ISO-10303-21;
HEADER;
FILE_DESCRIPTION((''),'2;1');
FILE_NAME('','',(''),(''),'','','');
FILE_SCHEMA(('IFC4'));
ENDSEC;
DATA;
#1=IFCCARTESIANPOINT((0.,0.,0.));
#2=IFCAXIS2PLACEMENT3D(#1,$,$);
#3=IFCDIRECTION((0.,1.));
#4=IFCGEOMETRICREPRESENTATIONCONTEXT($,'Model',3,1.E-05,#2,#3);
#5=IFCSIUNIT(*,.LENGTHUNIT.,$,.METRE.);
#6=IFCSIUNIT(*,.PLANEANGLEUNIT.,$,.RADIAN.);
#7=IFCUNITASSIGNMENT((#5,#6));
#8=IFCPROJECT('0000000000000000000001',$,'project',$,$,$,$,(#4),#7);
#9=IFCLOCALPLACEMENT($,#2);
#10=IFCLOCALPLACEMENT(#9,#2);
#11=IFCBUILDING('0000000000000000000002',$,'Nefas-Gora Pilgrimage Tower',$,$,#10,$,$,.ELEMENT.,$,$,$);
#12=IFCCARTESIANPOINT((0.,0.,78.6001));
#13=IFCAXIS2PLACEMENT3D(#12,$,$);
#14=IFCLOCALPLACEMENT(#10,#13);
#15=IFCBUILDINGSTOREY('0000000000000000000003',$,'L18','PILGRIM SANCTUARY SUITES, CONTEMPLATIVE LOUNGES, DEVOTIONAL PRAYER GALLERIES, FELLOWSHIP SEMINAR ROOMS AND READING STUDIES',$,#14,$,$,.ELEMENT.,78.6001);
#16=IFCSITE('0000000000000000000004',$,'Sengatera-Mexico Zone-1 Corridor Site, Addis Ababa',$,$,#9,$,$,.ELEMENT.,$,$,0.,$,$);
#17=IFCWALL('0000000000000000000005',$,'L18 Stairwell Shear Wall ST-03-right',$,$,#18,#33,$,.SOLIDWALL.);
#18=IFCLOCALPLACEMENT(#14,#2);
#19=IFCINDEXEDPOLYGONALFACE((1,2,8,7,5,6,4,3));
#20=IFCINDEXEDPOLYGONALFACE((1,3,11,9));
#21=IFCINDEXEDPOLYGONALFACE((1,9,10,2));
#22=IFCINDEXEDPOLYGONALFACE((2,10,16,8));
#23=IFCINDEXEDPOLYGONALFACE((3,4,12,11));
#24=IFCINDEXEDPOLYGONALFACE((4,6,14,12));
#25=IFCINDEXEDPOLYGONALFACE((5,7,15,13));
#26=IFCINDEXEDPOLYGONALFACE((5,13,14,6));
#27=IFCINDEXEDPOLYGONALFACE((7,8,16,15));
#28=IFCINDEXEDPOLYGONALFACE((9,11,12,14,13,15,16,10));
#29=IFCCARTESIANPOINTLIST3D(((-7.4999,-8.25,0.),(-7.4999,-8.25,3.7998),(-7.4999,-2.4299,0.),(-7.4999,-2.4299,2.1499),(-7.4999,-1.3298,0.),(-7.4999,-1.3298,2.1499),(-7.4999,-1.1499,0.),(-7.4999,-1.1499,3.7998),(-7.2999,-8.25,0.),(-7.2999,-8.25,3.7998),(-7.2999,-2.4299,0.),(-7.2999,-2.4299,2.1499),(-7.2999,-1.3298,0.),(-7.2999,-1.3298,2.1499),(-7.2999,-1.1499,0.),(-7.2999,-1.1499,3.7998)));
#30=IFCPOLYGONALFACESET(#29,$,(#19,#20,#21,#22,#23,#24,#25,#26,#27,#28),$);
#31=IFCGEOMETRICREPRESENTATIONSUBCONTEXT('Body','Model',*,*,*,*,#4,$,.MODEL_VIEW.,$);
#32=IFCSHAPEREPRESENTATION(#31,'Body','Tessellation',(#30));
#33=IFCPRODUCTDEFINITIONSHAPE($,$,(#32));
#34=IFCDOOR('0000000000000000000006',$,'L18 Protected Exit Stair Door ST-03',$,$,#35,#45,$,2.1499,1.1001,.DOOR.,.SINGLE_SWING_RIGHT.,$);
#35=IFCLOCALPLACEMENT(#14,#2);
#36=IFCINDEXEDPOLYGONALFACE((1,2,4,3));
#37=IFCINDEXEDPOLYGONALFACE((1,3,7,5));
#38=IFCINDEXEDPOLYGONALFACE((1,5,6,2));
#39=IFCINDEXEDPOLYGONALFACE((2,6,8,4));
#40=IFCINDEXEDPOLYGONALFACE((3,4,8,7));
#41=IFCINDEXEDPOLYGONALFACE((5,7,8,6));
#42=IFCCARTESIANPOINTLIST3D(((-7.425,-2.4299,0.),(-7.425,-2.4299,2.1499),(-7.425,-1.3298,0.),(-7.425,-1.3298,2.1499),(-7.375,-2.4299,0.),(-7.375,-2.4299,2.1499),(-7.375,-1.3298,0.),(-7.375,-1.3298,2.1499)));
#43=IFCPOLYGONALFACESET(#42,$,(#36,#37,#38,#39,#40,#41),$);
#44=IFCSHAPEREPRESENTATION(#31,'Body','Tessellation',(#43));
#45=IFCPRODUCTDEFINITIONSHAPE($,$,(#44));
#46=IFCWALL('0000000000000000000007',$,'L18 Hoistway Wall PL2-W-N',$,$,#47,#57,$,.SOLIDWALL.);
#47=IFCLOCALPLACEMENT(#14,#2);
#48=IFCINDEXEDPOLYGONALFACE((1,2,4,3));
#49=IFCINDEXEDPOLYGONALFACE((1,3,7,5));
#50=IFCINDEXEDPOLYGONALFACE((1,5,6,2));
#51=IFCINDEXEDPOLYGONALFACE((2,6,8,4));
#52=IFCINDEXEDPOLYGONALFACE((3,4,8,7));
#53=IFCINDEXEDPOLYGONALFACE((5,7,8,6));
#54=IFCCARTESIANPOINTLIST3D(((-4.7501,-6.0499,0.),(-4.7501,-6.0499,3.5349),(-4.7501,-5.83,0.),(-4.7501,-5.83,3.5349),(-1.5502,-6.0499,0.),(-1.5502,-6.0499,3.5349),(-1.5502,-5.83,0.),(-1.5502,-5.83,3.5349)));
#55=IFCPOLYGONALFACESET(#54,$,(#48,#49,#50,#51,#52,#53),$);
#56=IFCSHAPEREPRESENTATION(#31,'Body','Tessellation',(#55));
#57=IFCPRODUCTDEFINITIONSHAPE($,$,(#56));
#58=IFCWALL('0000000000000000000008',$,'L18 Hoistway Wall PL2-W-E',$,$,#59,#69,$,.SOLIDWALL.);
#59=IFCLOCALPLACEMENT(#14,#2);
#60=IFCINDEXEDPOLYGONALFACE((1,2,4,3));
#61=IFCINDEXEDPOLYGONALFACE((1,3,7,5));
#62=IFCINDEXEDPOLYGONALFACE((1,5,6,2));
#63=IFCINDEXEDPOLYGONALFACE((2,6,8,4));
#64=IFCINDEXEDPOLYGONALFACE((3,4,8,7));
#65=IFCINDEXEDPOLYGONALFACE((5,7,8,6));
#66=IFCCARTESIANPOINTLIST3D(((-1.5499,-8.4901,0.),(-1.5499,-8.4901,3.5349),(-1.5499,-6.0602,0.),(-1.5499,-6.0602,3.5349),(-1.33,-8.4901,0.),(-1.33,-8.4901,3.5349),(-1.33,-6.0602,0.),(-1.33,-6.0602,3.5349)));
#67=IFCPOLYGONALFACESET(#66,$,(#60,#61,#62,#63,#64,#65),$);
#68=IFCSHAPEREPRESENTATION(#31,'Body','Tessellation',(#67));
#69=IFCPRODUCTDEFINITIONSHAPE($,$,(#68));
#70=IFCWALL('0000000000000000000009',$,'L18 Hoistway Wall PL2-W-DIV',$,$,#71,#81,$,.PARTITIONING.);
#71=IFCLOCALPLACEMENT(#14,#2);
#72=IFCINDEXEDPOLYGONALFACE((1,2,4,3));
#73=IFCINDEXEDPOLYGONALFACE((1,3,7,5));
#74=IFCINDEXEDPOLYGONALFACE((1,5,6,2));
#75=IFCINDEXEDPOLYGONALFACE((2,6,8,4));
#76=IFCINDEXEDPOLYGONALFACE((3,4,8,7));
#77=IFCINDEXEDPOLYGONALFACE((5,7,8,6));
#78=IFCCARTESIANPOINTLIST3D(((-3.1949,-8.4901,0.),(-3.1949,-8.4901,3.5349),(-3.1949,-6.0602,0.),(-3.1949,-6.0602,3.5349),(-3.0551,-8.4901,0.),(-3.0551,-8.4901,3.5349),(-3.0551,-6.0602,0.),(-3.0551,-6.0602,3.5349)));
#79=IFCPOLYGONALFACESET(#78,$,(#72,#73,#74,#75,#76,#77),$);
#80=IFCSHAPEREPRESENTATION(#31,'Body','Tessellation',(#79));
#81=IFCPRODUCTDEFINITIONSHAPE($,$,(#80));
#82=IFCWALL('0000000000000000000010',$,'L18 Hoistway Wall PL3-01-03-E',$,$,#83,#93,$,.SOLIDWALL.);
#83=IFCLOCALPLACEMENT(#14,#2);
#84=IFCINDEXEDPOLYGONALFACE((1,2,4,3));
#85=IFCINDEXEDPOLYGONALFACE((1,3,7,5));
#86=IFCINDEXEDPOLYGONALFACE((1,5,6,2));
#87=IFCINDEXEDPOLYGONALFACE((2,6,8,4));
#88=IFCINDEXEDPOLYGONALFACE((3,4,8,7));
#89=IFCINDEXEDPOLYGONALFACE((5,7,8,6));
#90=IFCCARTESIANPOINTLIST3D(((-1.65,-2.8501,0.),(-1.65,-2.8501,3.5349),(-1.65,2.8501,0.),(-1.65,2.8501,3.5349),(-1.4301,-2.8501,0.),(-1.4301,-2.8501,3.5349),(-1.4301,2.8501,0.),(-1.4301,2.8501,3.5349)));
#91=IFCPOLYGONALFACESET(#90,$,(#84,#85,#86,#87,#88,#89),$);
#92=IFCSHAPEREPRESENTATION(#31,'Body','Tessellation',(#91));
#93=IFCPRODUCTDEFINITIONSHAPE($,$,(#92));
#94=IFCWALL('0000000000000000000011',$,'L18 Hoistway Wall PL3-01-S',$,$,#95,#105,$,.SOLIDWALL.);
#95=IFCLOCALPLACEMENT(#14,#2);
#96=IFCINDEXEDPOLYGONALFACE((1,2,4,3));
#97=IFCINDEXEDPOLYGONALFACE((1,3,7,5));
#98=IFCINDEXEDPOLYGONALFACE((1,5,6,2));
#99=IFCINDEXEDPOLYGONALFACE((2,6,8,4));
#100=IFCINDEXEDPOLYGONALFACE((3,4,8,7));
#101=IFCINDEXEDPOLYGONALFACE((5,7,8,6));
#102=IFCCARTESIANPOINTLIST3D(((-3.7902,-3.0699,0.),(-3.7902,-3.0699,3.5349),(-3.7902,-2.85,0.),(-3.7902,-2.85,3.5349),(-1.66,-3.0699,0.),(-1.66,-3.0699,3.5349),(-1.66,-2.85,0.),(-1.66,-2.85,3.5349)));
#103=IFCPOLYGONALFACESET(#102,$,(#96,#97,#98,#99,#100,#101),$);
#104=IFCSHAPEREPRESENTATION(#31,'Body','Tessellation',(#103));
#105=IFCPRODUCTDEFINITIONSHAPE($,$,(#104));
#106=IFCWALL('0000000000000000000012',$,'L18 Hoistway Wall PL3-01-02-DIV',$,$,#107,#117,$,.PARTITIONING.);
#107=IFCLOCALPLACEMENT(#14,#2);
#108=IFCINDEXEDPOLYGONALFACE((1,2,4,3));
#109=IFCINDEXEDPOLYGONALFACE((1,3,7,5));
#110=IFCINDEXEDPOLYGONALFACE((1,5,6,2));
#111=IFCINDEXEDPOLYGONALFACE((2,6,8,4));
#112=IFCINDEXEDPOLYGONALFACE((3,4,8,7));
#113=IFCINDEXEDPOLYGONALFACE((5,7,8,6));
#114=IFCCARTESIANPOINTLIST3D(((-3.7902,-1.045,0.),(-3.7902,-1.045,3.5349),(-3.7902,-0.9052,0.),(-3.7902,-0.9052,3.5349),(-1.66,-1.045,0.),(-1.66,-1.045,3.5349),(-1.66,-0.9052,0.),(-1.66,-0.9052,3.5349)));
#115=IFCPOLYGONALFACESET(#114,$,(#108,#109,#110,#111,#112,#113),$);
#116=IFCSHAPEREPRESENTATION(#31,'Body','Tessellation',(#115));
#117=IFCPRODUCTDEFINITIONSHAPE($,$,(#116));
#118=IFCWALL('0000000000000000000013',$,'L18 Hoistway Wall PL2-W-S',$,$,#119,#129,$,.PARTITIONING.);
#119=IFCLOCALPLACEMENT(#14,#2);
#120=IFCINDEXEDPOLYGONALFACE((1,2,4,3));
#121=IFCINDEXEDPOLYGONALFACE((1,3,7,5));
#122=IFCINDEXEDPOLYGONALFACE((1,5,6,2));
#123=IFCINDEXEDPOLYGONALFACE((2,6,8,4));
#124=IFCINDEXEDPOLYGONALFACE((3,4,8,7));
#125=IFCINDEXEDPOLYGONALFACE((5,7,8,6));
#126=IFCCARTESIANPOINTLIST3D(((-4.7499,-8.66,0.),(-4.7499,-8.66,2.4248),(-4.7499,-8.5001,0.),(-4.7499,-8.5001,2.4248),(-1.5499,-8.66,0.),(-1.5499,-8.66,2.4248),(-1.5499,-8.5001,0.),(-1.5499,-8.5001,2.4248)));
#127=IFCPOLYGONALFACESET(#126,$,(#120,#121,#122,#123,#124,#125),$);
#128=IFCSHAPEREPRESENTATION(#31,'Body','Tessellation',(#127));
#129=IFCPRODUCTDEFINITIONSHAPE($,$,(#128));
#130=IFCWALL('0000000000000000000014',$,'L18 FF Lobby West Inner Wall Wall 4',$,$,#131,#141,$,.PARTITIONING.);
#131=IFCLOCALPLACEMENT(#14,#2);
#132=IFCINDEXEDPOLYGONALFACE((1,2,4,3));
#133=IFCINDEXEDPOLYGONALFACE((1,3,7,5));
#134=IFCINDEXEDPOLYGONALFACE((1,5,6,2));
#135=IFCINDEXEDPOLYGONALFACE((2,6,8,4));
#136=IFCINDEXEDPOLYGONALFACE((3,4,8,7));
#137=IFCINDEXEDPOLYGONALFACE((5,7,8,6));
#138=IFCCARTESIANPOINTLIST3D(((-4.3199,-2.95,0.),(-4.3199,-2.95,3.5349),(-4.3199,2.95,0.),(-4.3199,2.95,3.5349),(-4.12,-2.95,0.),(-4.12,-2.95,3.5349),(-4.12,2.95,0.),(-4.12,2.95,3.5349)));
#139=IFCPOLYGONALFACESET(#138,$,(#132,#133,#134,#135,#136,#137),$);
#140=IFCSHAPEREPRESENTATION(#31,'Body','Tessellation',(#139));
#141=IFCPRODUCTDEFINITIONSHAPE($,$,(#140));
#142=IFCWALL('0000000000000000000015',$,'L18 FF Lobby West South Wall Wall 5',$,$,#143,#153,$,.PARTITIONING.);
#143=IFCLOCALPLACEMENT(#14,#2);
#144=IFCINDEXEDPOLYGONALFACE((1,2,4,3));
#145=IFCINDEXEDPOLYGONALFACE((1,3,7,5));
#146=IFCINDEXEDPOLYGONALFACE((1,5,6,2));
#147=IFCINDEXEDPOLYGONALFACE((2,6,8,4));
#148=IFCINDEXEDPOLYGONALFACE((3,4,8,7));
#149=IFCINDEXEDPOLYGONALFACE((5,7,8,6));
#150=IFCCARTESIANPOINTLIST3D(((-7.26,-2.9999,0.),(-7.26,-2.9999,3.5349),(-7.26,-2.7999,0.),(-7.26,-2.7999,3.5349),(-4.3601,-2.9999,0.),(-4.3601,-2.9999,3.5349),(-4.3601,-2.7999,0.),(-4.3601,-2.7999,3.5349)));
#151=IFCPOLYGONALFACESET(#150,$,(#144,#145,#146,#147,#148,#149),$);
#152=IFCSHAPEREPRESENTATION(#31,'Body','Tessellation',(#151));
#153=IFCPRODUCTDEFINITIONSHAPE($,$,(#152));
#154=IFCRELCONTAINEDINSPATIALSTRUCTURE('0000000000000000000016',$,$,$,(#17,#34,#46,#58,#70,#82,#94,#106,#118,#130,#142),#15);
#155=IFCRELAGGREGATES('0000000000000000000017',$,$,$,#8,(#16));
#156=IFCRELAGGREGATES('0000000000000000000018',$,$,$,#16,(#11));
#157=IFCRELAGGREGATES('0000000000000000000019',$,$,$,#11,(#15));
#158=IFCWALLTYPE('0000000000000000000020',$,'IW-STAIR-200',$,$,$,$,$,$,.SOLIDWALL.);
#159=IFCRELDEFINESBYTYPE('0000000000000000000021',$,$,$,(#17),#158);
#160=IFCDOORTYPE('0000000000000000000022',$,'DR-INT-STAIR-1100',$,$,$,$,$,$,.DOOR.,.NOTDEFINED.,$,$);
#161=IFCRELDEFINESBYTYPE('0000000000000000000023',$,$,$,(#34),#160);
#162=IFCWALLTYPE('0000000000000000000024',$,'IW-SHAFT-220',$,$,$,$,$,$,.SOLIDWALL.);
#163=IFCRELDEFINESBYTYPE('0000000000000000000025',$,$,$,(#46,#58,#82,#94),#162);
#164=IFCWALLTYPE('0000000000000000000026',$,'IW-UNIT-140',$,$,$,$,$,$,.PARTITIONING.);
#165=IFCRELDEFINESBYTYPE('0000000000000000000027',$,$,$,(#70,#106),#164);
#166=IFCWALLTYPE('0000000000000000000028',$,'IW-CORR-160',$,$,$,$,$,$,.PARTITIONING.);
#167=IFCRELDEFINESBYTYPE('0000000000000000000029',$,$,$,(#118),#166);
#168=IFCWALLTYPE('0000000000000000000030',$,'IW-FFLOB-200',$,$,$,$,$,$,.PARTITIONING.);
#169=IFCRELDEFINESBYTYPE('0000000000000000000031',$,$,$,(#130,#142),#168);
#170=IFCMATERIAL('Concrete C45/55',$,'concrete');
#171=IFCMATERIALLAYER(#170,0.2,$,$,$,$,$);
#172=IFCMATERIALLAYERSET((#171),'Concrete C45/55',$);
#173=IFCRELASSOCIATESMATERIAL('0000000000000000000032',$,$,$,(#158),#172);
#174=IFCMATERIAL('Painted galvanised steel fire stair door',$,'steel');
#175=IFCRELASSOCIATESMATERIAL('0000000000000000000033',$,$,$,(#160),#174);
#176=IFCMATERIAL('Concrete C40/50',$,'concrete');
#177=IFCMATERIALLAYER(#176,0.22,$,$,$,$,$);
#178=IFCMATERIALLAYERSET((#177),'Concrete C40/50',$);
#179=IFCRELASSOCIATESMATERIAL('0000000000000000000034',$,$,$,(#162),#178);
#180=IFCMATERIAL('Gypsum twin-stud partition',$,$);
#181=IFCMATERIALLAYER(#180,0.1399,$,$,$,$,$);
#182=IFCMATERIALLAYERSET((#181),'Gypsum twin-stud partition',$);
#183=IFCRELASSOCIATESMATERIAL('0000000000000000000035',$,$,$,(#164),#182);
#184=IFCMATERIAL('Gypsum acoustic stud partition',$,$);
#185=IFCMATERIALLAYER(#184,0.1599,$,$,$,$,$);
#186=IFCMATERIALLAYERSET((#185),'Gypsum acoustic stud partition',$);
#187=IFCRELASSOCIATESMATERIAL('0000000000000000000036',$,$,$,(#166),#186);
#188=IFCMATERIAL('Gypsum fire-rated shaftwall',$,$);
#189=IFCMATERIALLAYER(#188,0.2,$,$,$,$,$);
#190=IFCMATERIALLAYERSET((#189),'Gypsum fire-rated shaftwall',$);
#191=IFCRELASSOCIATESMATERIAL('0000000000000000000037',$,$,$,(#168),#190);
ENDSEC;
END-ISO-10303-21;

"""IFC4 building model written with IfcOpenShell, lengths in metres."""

from ifc_helpers import new_model, si_unit, direction, frame, frame_2d, origin, place, context, subcontext, project, spatial, rectangle, extrude, source, transform, mapped, material, layer, layer_set, type_object, element, fill, save


model = new_model("IFC4")

# Units and contexts
model_context = context("Model", 3, precision=1e-05, world=origin(), true_north=direction((0.0, 1.0)))
body_context = subcontext(model_context, "Body", "Model", "MODEL_VIEW")
ifc_project = project(units=[si_unit("LENGTHUNIT", "METRE"), si_unit("PLANEANGLEUNIT", "RADIAN")], contexts=[model_context])

# Site, building, storey
site_placement = place(None, origin())
site = spatial("IfcSite", under=ifc_project, at=site_placement, Name="Sengatera-Mexico Zone-1 Corridor Site, Addis Ababa", CompositionType="ELEMENT", RefElevation=0.0)
building_placement = place(site_placement, origin())
building = spatial("IfcBuilding", under=site, at=building_placement, Name="Nefas-Gora Pilgrimage Tower", CompositionType="ELEMENT")
storey_placement = place(building_placement, frame((0.0, 0.0, 78.6001)))
storey = spatial("IfcBuildingStorey", under=building, at=storey_placement, Name="L18", Description="PILGRIM SANCTUARY SUITES, CONTEMPLATIVE LOUNGES, DEVOTIONAL PRAYER GALLERIES, FELLOWSHIP SEMINAR ROOMS AND READING STUDIES", CompositionType="ELEMENT", Elevation=78.6001)

# Shared definitions
ifc_material_1 = material(Name="Concrete C45/55", Category="concrete")
ifc_layer_1 = layer(ifc_material_1, 0.2)
ifc_layer_set_1 = layer_set([ifc_layer_1], Name="Concrete C45/55")
wall_type_1 = type_object("IfcWallType", Name="IW-STAIR-200", PredefinedType="SOLIDWALL", material=ifc_layer_set_1)
shared_shape_1 = source(origin(), body_context, "Body", "SweptSolid", [
    extrude(rectangle(XDim=7.1001, YDim=0.2, at=frame_2d((3.55, 0.0))), origin(), (0.0, 0.0, 1.0), 3.7998),
])

# Wall, opening, door
wall_1_placement = place(storey_placement, frame((-7.3999, -1.1499, 0.0), z_axis=(0.0, 0.0, 1.0), x_axis=(0.0, -1.0, 0.0)))
wall_1 = element("IfcWall", 1, at=wall_1_placement, inside=storey, type_object=wall_type_1, Name="L18 Stairwell Shear Wall ST-03-right", PredefinedType="SOLIDWALL", context=body_context, shape_type="MappedRepresentation", body=[
    mapped(shared_shape_1, transform((0.0, 0.0, 0.0), x_axis=(1.0, 0.0, 0.0), y_axis=(0.0, 1.0, 0.0), z_axis=(0.0, 0.0, 1.0), scale=1.0)),
])
opening_1_placement = place(wall_1_placement, frame((0.1799, 0.0, 0.0)))
opening_1 = element("IfcOpeningElement", 2, at=opening_1_placement, cuts=wall_1, PredefinedType="OPENING", context=body_context, shape_type="SweptSolid", body=[
    extrude(rectangle(XDim=1.1001, YDim=2.1499, at=frame_2d((0.55, 1.075))), frame((0.0, 0.1099, 0.0), z_axis=(0.0, -1.0, 0.0), x_axis=(1.0, 0.0, 0.0)), (0.0, 0.0, 1.0), 0.22),
])
ifc_material_2 = material(Name="Painted galvanised steel fire stair door", Category="steel")
door_type_1 = type_object("IfcDoorType", Name="DR-INT-STAIR-1100", OperationType="NOTDEFINED", PredefinedType="DOOR", material=ifc_material_2)
shared_shape_2 = source(origin(), body_context, "Body", "SweptSolid", [
    extrude(rectangle(XDim=1.1001, YDim=2.1499, at=frame_2d((0.55, 1.075))), frame((0.0, 0.0249, 0.0), z_axis=(0.0, -1.0, 0.0), x_axis=(1.0, 0.0, 0.0)), (0.0, 0.0, 1.0), 0.05),
])
door_1_placement = place(opening_1_placement, origin())
door_1 = element("IfcDoor", 3, at=door_1_placement, inside=storey, type_object=door_type_1, Name="L18 Protected Exit Stair Door ST-03", OperationType="SINGLE_SWING_RIGHT", OverallHeight=2.1499, OverallWidth=1.1001, PredefinedType="DOOR", context=body_context, shape_type="MappedRepresentation", body=[
    mapped(shared_shape_2, transform((0.0, 0.0, 0.0), x_axis=(1.0, 0.0, 0.0), y_axis=(0.0, 1.0, 0.0), z_axis=(0.0, 0.0, 1.0), scale=1.0)),
])
fill(opening_1, door_1)

# Walls
ifc_material_3 = material(Name="Concrete C40/50", Category="concrete")
ifc_layer_2 = layer(ifc_material_3, 0.22)
ifc_layer_set_2 = layer_set([ifc_layer_2], Name="Concrete C40/50")
wall_type_2 = type_object("IfcWallType", Name="IW-SHAFT-220", PredefinedType="SOLIDWALL", material=ifc_layer_set_2)
shared_shape_3 = source(origin(), body_context, "Body", "SweptSolid", [
    extrude(rectangle(XDim=3.2, YDim=0.22, at=frame_2d((1.6001, 0.0))), origin(), (0.0, 0.0, 1.0), 3.5349),
])
wall_2_placement = place(storey_placement, frame((-1.55, -5.9399, 0.0), z_axis=(0.0, 0.0, 1.0), x_axis=(-1.0, 0.0, 0.0)))
element("IfcWall", 4, at=wall_2_placement, inside=storey, type_object=wall_type_2, Name="L18 Hoistway Wall PL2-W-N", PredefinedType="SOLIDWALL", context=body_context, shape_type="MappedRepresentation", body=[
    mapped(shared_shape_3, transform((0.0, 0.0, 0.0), x_axis=(1.0, 0.0, 0.0), y_axis=(0.0, 1.0, 0.0), z_axis=(0.0, 0.0, 1.0), scale=1.0)),
])
shared_shape_4 = source(origin(), body_context, "Body", "SweptSolid", [
    extrude(rectangle(XDim=2.4299, YDim=0.22, at=frame_2d((1.2148, 0.0))), origin(), (0.0, 0.0, 1.0), 3.5349),
])
for number, where, z_axis, x_axis, name in (
    (5, (-1.4399, -8.49, 0.0), (0.0, 0.0, 1.0), (0.0, 1.0, 0.0), "L18 Hoistway Wall PL2-W-E"),
):
    element("IfcWall", number, at=place(storey_placement, frame(where, z_axis=z_axis, x_axis=x_axis)), inside=storey, type_object=wall_type_2, Name=name, PredefinedType="SOLIDWALL", context=body_context, shape_type="MappedRepresentation", body=[
        mapped(shared_shape_4, transform((0.0, 0.0, 0.0), x_axis=(1.0, 0.0, 0.0), y_axis=(0.0, 1.0, 0.0), z_axis=(0.0, 0.0, 1.0), scale=1.0)),
    ])
ifc_material_4 = material(Name="Gypsum twin-stud partition")
ifc_layer_3 = layer(ifc_material_4, 0.1399)
ifc_layer_set_3 = layer_set([ifc_layer_3], Name="Gypsum twin-stud partition")
wall_type_3 = type_object("IfcWallType", Name="IW-UNIT-140", PredefinedType="PARTITIONING", material=ifc_layer_set_3)
shared_shape_5 = source(origin(), body_context, "Body", "SweptSolid", [
    extrude(rectangle(XDim=2.4299, YDim=0.1399, at=frame_2d((1.2148, 0.0))), origin(), (0.0, 0.0, 1.0), 3.5349),
])
wall_3_placement = place(storey_placement, frame((-3.125, -8.49, 0.0), z_axis=(0.0, 0.0, 1.0), x_axis=(0.0, 1.0, 0.0)))
element("IfcWall", 6, at=wall_3_placement, inside=storey, type_object=wall_type_3, Name="L18 Hoistway Wall PL2-W-DIV", PredefinedType="PARTITIONING", context=body_context, shape_type="MappedRepresentation", body=[
    mapped(shared_shape_5, transform((0.0, 0.0, 0.0), x_axis=(1.0, 0.0, 0.0), y_axis=(0.0, 1.0, 0.0), z_axis=(0.0, 0.0, 1.0), scale=1.0)),
])
shared_shape_6 = source(origin(), body_context, "Body", "SweptSolid", [
    extrude(rectangle(XDim=5.7002, YDim=0.22, at=frame_2d((2.8501, 0.0))), origin(), (0.0, 0.0, 1.0), 3.5349),
])
wall_4_placement = place(storey_placement, frame((-1.54, -2.8501, 0.0), z_axis=(0.0, 0.0, 1.0), x_axis=(0.0, 1.0, 0.0)))
element("IfcWall", 7, at=wall_4_placement, inside=storey, type_object=wall_type_2, Name="L18 Hoistway Wall PL3-01-03-E", PredefinedType="SOLIDWALL", context=body_context, shape_type="MappedRepresentation", body=[
    mapped(shared_shape_6, transform((0.0, 0.0, 0.0), x_axis=(1.0, 0.0, 0.0), y_axis=(0.0, 1.0, 0.0), z_axis=(0.0, 0.0, 1.0), scale=1.0)),
])
shared_shape_7 = source(origin(), body_context, "Body", "SweptSolid", [
    extrude(rectangle(XDim=2.1301, YDim=0.22, at=frame_2d((1.0649, 0.0))), origin(), (0.0, 0.0, 1.0), 3.5349),
])
wall_5_placement = place(storey_placement, frame((-3.79, -2.96, 0.0), z_axis=(0.0, 0.0, 1.0), x_axis=(1.0, 0.0, 0.0)))
element("IfcWall", 8, at=wall_5_placement, inside=storey, type_object=wall_type_2, Name="L18 Hoistway Wall PL3-01-S", PredefinedType="SOLIDWALL", context=body_context, shape_type="MappedRepresentation", body=[
    mapped(shared_shape_7, transform((0.0, 0.0, 0.0), x_axis=(1.0, 0.0, 0.0), y_axis=(0.0, 1.0, 0.0), z_axis=(0.0, 0.0, 1.0), scale=1.0)),
])
shared_shape_8 = source(origin(), body_context, "Body", "SweptSolid", [
    extrude(rectangle(XDim=2.1301, YDim=0.1399, at=frame_2d((1.0649, 0.0))), origin(), (0.0, 0.0, 1.0), 3.5349),
])
wall_6_placement = place(storey_placement, frame((-3.79, -0.9751, 0.0), z_axis=(0.0, 0.0, 1.0), x_axis=(1.0, 0.0, 0.0)))
element("IfcWall", 9, at=wall_6_placement, inside=storey, type_object=wall_type_3, Name="L18 Hoistway Wall PL3-01-02-DIV", PredefinedType="PARTITIONING", context=body_context, shape_type="MappedRepresentation", body=[
    mapped(shared_shape_8, transform((0.0, 0.0, 0.0), x_axis=(1.0, 0.0, 0.0), y_axis=(0.0, 1.0, 0.0), z_axis=(0.0, 0.0, 1.0), scale=1.0)),
])
ifc_material_5 = material(Name="Gypsum acoustic stud partition")
ifc_layer_4 = layer(ifc_material_5, 0.1599)
ifc_layer_set_4 = layer_set([ifc_layer_4], Name="Gypsum acoustic stud partition")
wall_type_4 = type_object("IfcWallType", Name="IW-CORR-160", PredefinedType="PARTITIONING", material=ifc_layer_set_4)
shared_shape_9 = source(origin(), body_context, "Body", "SweptSolid", [
    extrude(rectangle(XDim=3.2, YDim=0.1599, at=frame_2d((1.6001, 0.0))), origin(), (0.0, 0.0, 1.0), 2.4248),
])
wall_7_placement = place(storey_placement, frame((-4.75, -8.5801, 0.0), z_axis=(0.0, 0.0, 1.0), x_axis=(1.0, 0.0, 0.0)))
element("IfcWall", 10, at=wall_7_placement, inside=storey, type_object=wall_type_4, Name="L18 Hoistway Wall PL2-W-S", PredefinedType="PARTITIONING", context=body_context, shape_type="MappedRepresentation", body=[
    mapped(shared_shape_9, transform((0.0, 0.0, 0.0), x_axis=(1.0, 0.0, 0.0), y_axis=(0.0, 1.0, 0.0), z_axis=(0.0, 0.0, 1.0), scale=1.0)),
])
ifc_material_6 = material(Name="Gypsum fire-rated shaftwall")
ifc_layer_5 = layer(ifc_material_6, 0.2)
ifc_layer_set_5 = layer_set([ifc_layer_5], Name="Gypsum fire-rated shaftwall")
wall_type_5 = type_object("IfcWallType", Name="IW-FFLOB-200", PredefinedType="PARTITIONING", material=ifc_layer_set_5)
shared_shape_10 = source(origin(), body_context, "Body", "SweptSolid", [
    extrude(rectangle(XDim=5.8999, YDim=0.2, at=frame_2d((2.95, 0.0))), origin(), (0.0, 0.0, 1.0), 3.5349),
])
wall_8_placement = place(storey_placement, frame((-4.22, -2.95, 0.0), z_axis=(0.0, 0.0, 1.0), x_axis=(0.0, 1.0, 0.0)))
element("IfcWall", 11, at=wall_8_placement, inside=storey, type_object=wall_type_5, Name="L18 FF Lobby West Inner Wall Wall 4", PredefinedType="PARTITIONING", context=body_context, shape_type="MappedRepresentation", body=[
    mapped(shared_shape_10, transform((0.0, 0.0, 0.0), x_axis=(1.0, 0.0, 0.0), y_axis=(0.0, 1.0, 0.0), z_axis=(0.0, 0.0, 1.0), scale=1.0)),
])
shared_shape_11 = source(origin(), body_context, "Body", "SweptSolid", [
    extrude(rectangle(XDim=2.8999, YDim=0.2, at=frame_2d((1.45, 0.0))), origin(), (0.0, 0.0, 1.0), 3.5349),
])
wall_9_placement = place(storey_placement, frame((-7.26, -2.8999, 0.0), z_axis=(0.0, 0.0, 1.0), x_axis=(1.0, 0.0, 0.0)))
element("IfcWall", 12, at=wall_9_placement, inside=storey, type_object=wall_type_5, Name="L18 FF Lobby West South Wall Wall 5", PredefinedType="PARTITIONING", context=body_context, shape_type="MappedRepresentation", body=[
    mapped(shared_shape_11, transform((0.0, 0.0, 0.0), x_axis=(1.0, 0.0, 0.0), y_axis=(0.0, 1.0, 0.0), z_axis=(0.0, 0.0, 1.0), scale=1.0)),
])

save(model, "model.ifc")
